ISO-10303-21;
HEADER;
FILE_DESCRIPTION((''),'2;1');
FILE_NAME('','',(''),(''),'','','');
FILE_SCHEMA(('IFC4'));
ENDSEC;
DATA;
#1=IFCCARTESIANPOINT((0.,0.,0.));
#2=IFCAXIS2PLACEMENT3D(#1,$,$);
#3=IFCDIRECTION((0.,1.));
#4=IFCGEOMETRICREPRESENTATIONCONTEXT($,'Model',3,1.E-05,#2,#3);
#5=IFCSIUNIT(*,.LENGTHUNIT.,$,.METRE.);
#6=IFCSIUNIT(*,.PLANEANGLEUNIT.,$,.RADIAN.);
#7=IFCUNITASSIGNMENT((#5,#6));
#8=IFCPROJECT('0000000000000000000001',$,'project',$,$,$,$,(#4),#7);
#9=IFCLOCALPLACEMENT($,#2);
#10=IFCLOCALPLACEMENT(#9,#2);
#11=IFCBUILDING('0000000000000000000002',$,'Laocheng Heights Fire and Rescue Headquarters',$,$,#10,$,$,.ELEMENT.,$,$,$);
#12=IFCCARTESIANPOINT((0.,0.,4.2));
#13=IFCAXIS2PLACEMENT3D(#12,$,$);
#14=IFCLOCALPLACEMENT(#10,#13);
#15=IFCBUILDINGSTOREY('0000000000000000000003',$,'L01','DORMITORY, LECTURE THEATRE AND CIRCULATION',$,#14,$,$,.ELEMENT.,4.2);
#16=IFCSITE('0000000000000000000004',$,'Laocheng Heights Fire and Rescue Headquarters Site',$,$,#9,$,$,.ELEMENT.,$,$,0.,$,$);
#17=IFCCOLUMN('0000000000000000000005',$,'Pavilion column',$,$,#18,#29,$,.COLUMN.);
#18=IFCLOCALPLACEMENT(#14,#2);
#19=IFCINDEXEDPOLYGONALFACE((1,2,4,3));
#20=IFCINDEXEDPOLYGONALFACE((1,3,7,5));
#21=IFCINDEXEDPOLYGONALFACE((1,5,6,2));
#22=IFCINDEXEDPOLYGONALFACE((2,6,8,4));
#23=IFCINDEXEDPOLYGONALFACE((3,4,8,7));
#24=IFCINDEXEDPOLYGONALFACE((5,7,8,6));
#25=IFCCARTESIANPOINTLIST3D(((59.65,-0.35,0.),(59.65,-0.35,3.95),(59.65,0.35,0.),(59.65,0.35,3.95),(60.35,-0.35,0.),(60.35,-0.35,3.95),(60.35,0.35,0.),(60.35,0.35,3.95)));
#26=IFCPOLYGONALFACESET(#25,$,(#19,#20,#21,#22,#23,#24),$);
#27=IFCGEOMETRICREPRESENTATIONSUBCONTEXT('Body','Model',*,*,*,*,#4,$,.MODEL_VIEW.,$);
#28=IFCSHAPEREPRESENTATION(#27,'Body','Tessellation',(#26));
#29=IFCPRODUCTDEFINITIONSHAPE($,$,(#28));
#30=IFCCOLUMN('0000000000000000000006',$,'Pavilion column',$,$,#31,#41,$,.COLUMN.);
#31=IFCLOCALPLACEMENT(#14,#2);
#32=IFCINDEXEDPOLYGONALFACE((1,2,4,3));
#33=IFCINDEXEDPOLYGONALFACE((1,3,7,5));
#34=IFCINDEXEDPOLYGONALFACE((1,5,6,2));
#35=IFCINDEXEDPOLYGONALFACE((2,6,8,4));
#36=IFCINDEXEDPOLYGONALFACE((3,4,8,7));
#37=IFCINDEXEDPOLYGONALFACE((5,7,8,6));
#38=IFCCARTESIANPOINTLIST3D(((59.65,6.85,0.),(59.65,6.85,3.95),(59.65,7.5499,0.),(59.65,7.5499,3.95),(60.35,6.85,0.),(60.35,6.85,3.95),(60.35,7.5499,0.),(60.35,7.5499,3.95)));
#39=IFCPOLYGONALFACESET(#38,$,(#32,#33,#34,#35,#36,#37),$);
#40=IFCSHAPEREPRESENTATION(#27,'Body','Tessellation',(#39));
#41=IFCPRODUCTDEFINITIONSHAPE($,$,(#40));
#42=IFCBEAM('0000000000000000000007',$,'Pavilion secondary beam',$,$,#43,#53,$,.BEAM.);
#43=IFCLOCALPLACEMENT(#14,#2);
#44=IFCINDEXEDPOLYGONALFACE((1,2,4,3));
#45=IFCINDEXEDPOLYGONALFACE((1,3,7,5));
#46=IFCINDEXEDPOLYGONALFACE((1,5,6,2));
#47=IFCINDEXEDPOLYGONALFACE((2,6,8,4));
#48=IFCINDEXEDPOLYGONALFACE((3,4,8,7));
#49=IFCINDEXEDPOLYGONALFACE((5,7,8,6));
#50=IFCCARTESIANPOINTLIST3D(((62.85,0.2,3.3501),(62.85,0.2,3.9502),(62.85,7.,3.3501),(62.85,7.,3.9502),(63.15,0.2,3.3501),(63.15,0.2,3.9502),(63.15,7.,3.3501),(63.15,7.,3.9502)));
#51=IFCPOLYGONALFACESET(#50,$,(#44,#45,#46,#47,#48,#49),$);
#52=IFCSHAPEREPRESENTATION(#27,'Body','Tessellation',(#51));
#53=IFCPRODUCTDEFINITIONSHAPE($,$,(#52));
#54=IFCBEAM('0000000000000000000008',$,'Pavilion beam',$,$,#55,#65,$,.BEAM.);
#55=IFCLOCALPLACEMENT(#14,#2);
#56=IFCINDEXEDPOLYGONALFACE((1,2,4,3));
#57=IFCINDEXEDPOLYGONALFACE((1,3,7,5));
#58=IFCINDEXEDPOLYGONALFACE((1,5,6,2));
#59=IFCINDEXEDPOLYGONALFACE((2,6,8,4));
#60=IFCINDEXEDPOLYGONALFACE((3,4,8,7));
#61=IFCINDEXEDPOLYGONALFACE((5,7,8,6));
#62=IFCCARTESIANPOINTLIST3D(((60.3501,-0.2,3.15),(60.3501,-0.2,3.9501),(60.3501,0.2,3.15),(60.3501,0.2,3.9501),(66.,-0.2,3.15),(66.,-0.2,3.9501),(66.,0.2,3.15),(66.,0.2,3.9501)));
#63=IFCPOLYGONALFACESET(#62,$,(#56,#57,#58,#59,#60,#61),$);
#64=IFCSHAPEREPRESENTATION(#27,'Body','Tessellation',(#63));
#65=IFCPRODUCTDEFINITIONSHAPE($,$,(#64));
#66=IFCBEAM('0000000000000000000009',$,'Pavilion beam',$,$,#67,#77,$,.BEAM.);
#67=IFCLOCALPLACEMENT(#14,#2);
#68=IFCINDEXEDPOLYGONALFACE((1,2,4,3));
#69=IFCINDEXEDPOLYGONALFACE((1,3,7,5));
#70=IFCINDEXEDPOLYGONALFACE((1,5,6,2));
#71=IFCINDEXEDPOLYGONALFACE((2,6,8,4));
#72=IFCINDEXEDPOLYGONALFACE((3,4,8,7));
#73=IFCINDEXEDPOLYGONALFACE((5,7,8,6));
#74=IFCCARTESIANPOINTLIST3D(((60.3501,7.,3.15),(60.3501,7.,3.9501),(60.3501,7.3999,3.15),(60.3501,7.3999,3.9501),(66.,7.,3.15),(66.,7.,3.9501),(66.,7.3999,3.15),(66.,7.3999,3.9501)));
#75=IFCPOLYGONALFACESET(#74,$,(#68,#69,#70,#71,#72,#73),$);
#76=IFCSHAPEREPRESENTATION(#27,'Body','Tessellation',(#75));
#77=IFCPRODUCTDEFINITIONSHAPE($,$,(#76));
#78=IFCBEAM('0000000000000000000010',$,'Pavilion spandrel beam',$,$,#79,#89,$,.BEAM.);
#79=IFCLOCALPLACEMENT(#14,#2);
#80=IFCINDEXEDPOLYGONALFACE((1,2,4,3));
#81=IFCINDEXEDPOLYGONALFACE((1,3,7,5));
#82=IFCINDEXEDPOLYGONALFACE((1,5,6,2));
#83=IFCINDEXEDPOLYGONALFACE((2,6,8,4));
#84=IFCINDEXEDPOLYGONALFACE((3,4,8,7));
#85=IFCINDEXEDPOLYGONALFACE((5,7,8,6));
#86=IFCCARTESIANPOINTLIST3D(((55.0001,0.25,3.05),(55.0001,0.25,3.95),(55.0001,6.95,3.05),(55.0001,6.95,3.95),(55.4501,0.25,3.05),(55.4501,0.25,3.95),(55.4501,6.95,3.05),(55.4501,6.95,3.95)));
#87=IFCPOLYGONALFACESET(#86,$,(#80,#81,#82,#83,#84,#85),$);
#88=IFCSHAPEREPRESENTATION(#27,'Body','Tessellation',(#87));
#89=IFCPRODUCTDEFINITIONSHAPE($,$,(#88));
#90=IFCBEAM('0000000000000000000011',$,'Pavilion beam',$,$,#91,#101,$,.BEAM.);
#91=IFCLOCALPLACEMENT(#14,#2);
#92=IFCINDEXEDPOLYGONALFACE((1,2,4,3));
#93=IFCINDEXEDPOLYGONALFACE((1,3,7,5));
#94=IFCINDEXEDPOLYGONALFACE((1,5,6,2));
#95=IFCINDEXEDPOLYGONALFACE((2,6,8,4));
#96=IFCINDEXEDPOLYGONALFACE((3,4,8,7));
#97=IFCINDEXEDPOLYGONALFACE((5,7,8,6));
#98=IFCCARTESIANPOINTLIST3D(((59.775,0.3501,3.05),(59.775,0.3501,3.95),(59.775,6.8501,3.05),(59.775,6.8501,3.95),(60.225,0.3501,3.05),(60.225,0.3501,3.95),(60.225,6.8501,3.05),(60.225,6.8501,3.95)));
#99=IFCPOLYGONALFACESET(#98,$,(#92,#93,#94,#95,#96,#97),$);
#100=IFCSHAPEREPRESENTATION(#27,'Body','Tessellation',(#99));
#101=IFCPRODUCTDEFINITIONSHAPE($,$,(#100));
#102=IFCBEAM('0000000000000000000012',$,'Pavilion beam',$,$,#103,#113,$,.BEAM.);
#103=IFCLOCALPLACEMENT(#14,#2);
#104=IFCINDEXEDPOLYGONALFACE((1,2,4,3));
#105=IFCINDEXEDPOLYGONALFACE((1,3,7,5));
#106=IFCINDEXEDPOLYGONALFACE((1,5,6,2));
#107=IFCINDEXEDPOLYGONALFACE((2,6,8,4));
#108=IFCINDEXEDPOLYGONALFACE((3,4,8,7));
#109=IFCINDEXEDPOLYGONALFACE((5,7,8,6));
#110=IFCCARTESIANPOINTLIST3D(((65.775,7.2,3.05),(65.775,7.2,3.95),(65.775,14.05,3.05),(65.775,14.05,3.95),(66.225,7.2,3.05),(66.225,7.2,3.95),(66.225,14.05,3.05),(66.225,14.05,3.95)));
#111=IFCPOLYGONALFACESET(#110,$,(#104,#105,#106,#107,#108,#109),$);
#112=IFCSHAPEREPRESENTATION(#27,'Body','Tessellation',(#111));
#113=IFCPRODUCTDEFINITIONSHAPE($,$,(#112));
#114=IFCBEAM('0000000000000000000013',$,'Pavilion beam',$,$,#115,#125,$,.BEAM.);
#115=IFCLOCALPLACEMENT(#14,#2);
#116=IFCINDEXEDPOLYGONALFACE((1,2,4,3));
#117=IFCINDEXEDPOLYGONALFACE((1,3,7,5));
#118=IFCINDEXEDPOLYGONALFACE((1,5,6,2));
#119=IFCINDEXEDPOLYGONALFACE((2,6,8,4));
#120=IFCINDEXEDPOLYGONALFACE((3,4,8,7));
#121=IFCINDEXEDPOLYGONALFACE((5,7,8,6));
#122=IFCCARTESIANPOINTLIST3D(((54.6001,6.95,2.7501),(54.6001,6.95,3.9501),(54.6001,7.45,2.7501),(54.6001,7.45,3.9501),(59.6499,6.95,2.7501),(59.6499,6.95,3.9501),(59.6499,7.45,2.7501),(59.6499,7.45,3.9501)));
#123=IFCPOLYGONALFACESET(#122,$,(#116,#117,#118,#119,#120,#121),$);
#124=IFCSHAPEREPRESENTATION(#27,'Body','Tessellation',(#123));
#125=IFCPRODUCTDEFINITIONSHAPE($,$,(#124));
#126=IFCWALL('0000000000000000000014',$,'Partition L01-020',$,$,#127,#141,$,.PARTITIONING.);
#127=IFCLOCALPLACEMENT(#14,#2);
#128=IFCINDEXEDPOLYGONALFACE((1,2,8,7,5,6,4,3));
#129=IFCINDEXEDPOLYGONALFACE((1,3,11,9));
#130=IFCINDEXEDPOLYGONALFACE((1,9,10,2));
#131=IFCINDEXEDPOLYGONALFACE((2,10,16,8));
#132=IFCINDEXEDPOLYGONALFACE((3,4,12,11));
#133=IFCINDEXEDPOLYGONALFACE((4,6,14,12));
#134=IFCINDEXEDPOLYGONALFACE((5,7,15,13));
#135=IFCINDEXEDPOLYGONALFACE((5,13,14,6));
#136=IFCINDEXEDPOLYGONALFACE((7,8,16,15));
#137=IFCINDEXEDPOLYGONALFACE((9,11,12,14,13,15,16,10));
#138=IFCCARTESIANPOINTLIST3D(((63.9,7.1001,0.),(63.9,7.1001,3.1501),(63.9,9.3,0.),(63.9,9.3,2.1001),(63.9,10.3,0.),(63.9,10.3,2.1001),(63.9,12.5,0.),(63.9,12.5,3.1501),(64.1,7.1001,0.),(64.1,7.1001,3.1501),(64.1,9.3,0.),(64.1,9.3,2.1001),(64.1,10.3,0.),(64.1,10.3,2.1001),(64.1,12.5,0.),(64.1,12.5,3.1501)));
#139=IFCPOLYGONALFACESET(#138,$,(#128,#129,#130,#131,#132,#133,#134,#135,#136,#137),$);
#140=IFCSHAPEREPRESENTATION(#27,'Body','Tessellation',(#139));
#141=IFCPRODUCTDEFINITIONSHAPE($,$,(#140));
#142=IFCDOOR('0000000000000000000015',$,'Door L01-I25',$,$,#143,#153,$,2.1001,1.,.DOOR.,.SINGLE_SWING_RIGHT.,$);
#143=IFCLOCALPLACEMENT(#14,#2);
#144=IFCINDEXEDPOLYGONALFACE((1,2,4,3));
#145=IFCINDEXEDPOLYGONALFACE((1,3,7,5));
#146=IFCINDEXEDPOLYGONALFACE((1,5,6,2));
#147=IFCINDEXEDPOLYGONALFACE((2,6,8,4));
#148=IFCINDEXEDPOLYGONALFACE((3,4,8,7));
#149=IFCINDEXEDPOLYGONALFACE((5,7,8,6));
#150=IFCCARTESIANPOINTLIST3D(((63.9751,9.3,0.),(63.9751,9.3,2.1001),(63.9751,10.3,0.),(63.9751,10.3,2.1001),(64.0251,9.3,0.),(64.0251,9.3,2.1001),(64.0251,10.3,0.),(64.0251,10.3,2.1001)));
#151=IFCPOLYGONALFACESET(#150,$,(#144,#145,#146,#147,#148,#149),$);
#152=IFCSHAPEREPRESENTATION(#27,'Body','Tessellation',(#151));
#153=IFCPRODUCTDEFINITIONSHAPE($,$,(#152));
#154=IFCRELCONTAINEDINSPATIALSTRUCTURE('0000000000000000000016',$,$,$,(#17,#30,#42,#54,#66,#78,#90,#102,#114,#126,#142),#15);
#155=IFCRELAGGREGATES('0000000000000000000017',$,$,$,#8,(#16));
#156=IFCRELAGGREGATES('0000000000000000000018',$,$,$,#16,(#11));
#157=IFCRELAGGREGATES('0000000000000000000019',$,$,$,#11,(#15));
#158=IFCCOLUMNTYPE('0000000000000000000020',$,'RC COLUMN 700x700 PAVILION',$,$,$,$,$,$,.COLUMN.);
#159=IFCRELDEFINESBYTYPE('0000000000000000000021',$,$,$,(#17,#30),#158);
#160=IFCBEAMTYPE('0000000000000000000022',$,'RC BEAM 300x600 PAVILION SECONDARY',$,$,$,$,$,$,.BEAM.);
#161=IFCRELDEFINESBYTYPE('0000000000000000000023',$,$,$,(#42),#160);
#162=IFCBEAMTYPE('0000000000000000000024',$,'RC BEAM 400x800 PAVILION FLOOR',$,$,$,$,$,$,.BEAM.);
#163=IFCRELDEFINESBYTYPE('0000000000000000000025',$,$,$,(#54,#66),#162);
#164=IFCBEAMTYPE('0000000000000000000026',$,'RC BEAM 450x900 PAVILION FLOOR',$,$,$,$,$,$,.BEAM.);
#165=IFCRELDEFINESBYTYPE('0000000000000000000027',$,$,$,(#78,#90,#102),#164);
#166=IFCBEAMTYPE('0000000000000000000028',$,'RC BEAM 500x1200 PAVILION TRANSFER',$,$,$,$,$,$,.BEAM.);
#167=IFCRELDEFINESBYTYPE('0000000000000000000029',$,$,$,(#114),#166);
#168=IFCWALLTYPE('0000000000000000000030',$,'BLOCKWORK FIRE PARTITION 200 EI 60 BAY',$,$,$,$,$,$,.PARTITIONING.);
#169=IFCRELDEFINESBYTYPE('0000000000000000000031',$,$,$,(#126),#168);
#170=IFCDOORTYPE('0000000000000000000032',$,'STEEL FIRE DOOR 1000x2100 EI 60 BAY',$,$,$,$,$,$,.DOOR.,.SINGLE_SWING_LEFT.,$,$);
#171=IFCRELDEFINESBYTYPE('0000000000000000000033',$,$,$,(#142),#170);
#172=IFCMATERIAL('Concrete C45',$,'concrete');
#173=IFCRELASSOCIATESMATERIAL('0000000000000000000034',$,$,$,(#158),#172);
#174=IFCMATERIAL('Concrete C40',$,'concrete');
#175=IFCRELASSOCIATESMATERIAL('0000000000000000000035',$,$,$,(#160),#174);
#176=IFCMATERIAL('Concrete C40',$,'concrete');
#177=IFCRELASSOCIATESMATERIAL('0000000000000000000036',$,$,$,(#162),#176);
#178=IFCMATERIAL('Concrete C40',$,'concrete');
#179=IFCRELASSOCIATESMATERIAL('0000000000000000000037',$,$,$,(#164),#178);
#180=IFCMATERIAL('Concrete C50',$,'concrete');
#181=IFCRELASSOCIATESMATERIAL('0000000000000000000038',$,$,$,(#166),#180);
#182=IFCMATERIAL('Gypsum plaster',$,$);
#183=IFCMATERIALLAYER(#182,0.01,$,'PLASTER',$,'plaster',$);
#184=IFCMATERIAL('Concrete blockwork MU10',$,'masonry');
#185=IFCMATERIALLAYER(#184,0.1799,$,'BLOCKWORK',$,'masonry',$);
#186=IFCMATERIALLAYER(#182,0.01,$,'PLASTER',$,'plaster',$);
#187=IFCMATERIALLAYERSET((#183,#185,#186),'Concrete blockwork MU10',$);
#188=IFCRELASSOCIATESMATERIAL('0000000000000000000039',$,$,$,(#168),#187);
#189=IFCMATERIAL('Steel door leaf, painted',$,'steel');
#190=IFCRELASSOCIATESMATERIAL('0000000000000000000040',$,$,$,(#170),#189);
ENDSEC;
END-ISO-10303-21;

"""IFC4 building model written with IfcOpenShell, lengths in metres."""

from ifc_helpers import new_model, si_unit, direction, frame, frame_2d, origin, origin_2d, place, context, subcontext, project, spatial, rectangle, extrude, material, layer, layer_set, material_profile, profile_set, type_object, element, fill, save


model = new_model("IFC4")

# Units and contexts
model_context = context("Model", 3, precision=1e-05, world=origin(), true_north=direction((0.0, 1.0)))
body_context = subcontext(model_context, "Body", "Model", "MODEL_VIEW")
ifc_project = project(units=[si_unit("LENGTHUNIT", "METRE"), si_unit("PLANEANGLEUNIT", "RADIAN")], contexts=[model_context])

# Site, building, storey
site_placement = place(None, origin())
site = spatial("IfcSite", under=ifc_project, at=site_placement, Name="Laocheng Heights Fire and Rescue Headquarters Site", CompositionType="ELEMENT", RefElevation=0.0)
building_placement = place(site_placement, origin())
building = spatial("IfcBuilding", under=site, at=building_placement, Name="Laocheng Heights Fire and Rescue Headquarters", CompositionType="ELEMENT")
storey_placement = place(building_placement, frame((0.0, 0.0, 4.2)))
storey = spatial("IfcBuildingStorey", under=building, at=storey_placement, Name="L01", Description="DORMITORY, LECTURE THEATRE AND CIRCULATION", CompositionType="ELEMENT", Elevation=4.2)

# Columns
ifc_material_1 = material(Name="Concrete C45", Category="concrete")
ifc_material_profile_1 = material_profile(ifc_material_1, rectangle(XDim=0.7, YDim=0.7, at=origin_2d()), Name="RC COLUMN 700x700 PAVILION")
ifc_profile_set_1 = profile_set([ifc_material_profile_1], Name="Concrete C45")
column_type = type_object("IfcColumnType", Name="RC COLUMN 700x700 PAVILION", PredefinedType="COLUMN", material=ifc_profile_set_1)
for number, where, z_axis, x_axis, name in (
    (1, (60.0, 0.0, 0.0), (0.0, 0.0, 1.0), (1.0, 0.0, 0.0), "Pavilion column"),
    (2, (60.0, 7.2, 0.0), (0.0, 0.0, 1.0), (1.0, 0.0, 0.0), "Pavilion column"),
):
    element("IfcColumn", number, at=place(storey_placement, frame(where, z_axis=z_axis, x_axis=x_axis)), inside=storey, type_object=column_type, Name=name, PredefinedType="COLUMN", context=body_context, shape_type="SweptSolid", body=[
        extrude(rectangle(XDim=0.7, YDim=0.7, at=origin_2d()), origin(), (0.0, 0.0, 1.0), 3.95),
    ])

# Beams
ifc_material_2 = material(Name="Concrete C40", Category="concrete")
ifc_material_profile_2 = material_profile(ifc_material_2, rectangle(XDim=0.3, YDim=0.6001, at=origin_2d()), Name="RC BEAM 300x600 PAVILION SECONDARY")
ifc_profile_set_2 = profile_set([ifc_material_profile_2], Name="Concrete C40")
beam_type_1 = type_object("IfcBeamType", Name="RC BEAM 300x600 PAVILION SECONDARY", PredefinedType="BEAM", material=ifc_profile_set_2)
beam_1_placement = place(storey_placement, frame((63.0, 0.2, 3.6501), z_axis=(0.0, 1.0, 0.0), x_axis=(-1.0, 0.0, 0.0)))
element("IfcBeam", 3, at=beam_1_placement, inside=storey, type_object=beam_type_1, Name="Pavilion secondary beam", PredefinedType="BEAM", context=body_context, shape_type="SweptSolid", body=[
    extrude(rectangle(XDim=0.3, YDim=0.6001, at=origin_2d()), origin(), (0.0, 0.0, 1.0), 6.8),
])
ifc_material_3 = material(Name="Concrete C40", Category="concrete")
ifc_material_profile_3 = material_profile(ifc_material_3, rectangle(XDim=0.3999, YDim=0.8, at=origin_2d()), Name="RC BEAM 400x800 PAVILION FLOOR")
ifc_profile_set_3 = profile_set([ifc_material_profile_3], Name="Concrete C40")
beam_type_2 = type_object("IfcBeamType", Name="RC BEAM 400x800 PAVILION FLOOR", PredefinedType="BEAM", material=ifc_profile_set_3)
for number, where, z_axis, x_axis, name in (
    (4, (60.3501, 0.0, 3.55), (1.0, 0.0, 0.0), (0.0, 1.0, 0.0), "Pavilion beam"),
    (5, (60.3501, 7.2, 3.55), (1.0, 0.0, 0.0), (0.0, 1.0, 0.0), "Pavilion beam"),
):
    element("IfcBeam", number, at=place(storey_placement, frame(where, z_axis=z_axis, x_axis=x_axis)), inside=storey, type_object=beam_type_2, Name=name, PredefinedType="BEAM", context=body_context, shape_type="SweptSolid", body=[
        extrude(rectangle(XDim=0.3999, YDim=0.8, at=origin_2d()), origin(), (0.0, 0.0, 1.0), 5.6499),
    ])
ifc_material_4 = material(Name="Concrete C40", Category="concrete")
ifc_material_profile_4 = material_profile(ifc_material_4, rectangle(XDim=0.45, YDim=0.8999, at=origin_2d()), Name="RC BEAM 450x900 PAVILION FLOOR")
ifc_profile_set_4 = profile_set([ifc_material_profile_4], Name="Concrete C40")
beam_type_3 = type_object("IfcBeamType", Name="RC BEAM 450x900 PAVILION FLOOR", PredefinedType="BEAM", material=ifc_profile_set_4)
beam_2_placement = place(storey_placement, frame((55.2251, 0.25, 3.5), z_axis=(0.0, 1.0, 0.0), x_axis=(-1.0, 0.0, 0.0)))
element("IfcBeam", 6, at=beam_2_placement, inside=storey, type_object=beam_type_3, Name="Pavilion spandrel beam", PredefinedType="BEAM", context=body_context, shape_type="SweptSolid", body=[
    extrude(rectangle(XDim=0.45, YDim=0.8999, at=origin_2d()), origin(), (0.0, 0.0, 1.0), 6.7),
])
beam_3_placement = place(storey_placement, frame((60.0, 0.3501, 3.5), z_axis=(0.0, 1.0, 0.0), x_axis=(-1.0, 0.0, 0.0)))
element("IfcBeam", 7, at=beam_3_placement, inside=storey, type_object=beam_type_3, Name="Pavilion beam", PredefinedType="BEAM", context=body_context, shape_type="SweptSolid", body=[
    extrude(rectangle(XDim=0.45, YDim=0.8999, at=origin_2d()), origin(), (0.0, 0.0, 1.0), 6.5),
])
beam_4_placement = place(storey_placement, frame((66.0, 7.2, 3.5), z_axis=(0.0, 1.0, 0.0), x_axis=(-1.0, 0.0, 0.0)))
element("IfcBeam", 8, at=beam_4_placement, inside=storey, type_object=beam_type_3, Name="Pavilion beam", PredefinedType="BEAM", context=body_context, shape_type="SweptSolid", body=[
    extrude(rectangle(XDim=0.45, YDim=0.8999, at=origin_2d()), origin(), (0.0, 0.0, 1.0), 6.8501),
])
ifc_material_5 = material(Name="Concrete C50", Category="concrete")
ifc_material_profile_5 = material_profile(ifc_material_5, rectangle(XDim=0.5, YDim=1.2, at=origin_2d()), Name="RC BEAM 500x1200 PAVILION TRANSFER")
ifc_profile_set_5 = profile_set([ifc_material_profile_5], Name="Concrete C50")
beam_type_4 = type_object("IfcBeamType", Name="RC BEAM 500x1200 PAVILION TRANSFER", PredefinedType="BEAM", material=ifc_profile_set_5)
beam_5_placement = place(storey_placement, frame((54.6001, 7.2, 3.3501), z_axis=(1.0, 0.0, 0.0), x_axis=(0.0, 1.0, 0.0)))
element("IfcBeam", 9, at=beam_5_placement, inside=storey, type_object=beam_type_4, Name="Pavilion beam", PredefinedType="BEAM", context=body_context, shape_type="SweptSolid", body=[
    extrude(rectangle(XDim=0.5, YDim=1.2, at=origin_2d()), origin(), (0.0, 0.0, 1.0), 5.0498),
])

# Wall, opening, door
ifc_material_6 = material(Name="Gypsum plaster")
ifc_layer_1 = layer(ifc_material_6, 0.01, Name="PLASTER", Category="plaster")
ifc_material_7 = material(Name="Concrete blockwork MU10", Category="masonry")
ifc_layer_2 = layer(ifc_material_7, 0.1799, Name="BLOCKWORK", Category="masonry")
ifc_layer_3 = layer(ifc_material_6, 0.01, Name="PLASTER", Category="plaster")
ifc_layer_set_1 = layer_set([ifc_layer_1, ifc_layer_2, ifc_layer_3], Name="Concrete blockwork MU10")
wall_type_1 = type_object("IfcWallType", Name="BLOCKWORK FIRE PARTITION 200 EI 60 BAY", PredefinedType="PARTITIONING", material=ifc_layer_set_1)
wall_1_placement = place(storey_placement, frame((64.0, 7.1001, 0.0), z_axis=(0.0, 0.0, 1.0), x_axis=(0.0, 1.0, 0.0)))
wall_1 = element("IfcWall", 10, at=wall_1_placement, inside=storey, type_object=wall_type_1, Name="Partition L01-020", PredefinedType="PARTITIONING", context=body_context, shape_type="SweptSolid", body=[
    extrude(rectangle(XDim=5.3999, YDim=0.2, at=frame_2d((2.7, 0.0))), origin(), (0.0, 0.0, 1.0), 3.1501),
])
opening_1_placement = place(wall_1_placement, frame((2.2, 0.0, 0.0)))
opening_1 = element("IfcOpeningElement", 11, at=opening_1_placement, cuts=wall_1, PredefinedType="OPENING", context=body_context, shape_type="SweptSolid", body=[
    extrude(rectangle(XDim=1.0, YDim=2.1001, at=frame_2d((0.5, 1.05))), frame((0.0, 0.1099, 0.0), z_axis=(0.0, -1.0, 0.0), x_axis=(1.0, 0.0, 0.0)), (0.0, 0.0, 1.0), 0.22),
])
ifc_material_8 = material(Name="Steel door leaf, painted", Category="steel")
door_type_1 = type_object("IfcDoorType", Name="STEEL FIRE DOOR 1000x2100 EI 60 BAY", OperationType="SINGLE_SWING_LEFT", PredefinedType="DOOR", material=ifc_material_8)
door_1_placement = place(opening_1_placement, origin())
door_1 = element("IfcDoor", 12, at=door_1_placement, inside=storey, type_object=door_type_1, Name="Door L01-I25", OperationType="SINGLE_SWING_RIGHT", OverallHeight=2.1001, OverallWidth=1.0, PredefinedType="DOOR", context=body_context, shape_type="SweptSolid", body=[
    extrude(rectangle(XDim=1.0, YDim=2.1001, at=frame_2d((0.5, 1.05))), frame((0.0, 0.0249, 0.0), z_axis=(0.0, -1.0, 0.0), x_axis=(1.0, 0.0, 0.0)), (0.0, 0.0, 1.0), 0.05),
])
fill(opening_1, door_1)

save(model, "model.ifc")
